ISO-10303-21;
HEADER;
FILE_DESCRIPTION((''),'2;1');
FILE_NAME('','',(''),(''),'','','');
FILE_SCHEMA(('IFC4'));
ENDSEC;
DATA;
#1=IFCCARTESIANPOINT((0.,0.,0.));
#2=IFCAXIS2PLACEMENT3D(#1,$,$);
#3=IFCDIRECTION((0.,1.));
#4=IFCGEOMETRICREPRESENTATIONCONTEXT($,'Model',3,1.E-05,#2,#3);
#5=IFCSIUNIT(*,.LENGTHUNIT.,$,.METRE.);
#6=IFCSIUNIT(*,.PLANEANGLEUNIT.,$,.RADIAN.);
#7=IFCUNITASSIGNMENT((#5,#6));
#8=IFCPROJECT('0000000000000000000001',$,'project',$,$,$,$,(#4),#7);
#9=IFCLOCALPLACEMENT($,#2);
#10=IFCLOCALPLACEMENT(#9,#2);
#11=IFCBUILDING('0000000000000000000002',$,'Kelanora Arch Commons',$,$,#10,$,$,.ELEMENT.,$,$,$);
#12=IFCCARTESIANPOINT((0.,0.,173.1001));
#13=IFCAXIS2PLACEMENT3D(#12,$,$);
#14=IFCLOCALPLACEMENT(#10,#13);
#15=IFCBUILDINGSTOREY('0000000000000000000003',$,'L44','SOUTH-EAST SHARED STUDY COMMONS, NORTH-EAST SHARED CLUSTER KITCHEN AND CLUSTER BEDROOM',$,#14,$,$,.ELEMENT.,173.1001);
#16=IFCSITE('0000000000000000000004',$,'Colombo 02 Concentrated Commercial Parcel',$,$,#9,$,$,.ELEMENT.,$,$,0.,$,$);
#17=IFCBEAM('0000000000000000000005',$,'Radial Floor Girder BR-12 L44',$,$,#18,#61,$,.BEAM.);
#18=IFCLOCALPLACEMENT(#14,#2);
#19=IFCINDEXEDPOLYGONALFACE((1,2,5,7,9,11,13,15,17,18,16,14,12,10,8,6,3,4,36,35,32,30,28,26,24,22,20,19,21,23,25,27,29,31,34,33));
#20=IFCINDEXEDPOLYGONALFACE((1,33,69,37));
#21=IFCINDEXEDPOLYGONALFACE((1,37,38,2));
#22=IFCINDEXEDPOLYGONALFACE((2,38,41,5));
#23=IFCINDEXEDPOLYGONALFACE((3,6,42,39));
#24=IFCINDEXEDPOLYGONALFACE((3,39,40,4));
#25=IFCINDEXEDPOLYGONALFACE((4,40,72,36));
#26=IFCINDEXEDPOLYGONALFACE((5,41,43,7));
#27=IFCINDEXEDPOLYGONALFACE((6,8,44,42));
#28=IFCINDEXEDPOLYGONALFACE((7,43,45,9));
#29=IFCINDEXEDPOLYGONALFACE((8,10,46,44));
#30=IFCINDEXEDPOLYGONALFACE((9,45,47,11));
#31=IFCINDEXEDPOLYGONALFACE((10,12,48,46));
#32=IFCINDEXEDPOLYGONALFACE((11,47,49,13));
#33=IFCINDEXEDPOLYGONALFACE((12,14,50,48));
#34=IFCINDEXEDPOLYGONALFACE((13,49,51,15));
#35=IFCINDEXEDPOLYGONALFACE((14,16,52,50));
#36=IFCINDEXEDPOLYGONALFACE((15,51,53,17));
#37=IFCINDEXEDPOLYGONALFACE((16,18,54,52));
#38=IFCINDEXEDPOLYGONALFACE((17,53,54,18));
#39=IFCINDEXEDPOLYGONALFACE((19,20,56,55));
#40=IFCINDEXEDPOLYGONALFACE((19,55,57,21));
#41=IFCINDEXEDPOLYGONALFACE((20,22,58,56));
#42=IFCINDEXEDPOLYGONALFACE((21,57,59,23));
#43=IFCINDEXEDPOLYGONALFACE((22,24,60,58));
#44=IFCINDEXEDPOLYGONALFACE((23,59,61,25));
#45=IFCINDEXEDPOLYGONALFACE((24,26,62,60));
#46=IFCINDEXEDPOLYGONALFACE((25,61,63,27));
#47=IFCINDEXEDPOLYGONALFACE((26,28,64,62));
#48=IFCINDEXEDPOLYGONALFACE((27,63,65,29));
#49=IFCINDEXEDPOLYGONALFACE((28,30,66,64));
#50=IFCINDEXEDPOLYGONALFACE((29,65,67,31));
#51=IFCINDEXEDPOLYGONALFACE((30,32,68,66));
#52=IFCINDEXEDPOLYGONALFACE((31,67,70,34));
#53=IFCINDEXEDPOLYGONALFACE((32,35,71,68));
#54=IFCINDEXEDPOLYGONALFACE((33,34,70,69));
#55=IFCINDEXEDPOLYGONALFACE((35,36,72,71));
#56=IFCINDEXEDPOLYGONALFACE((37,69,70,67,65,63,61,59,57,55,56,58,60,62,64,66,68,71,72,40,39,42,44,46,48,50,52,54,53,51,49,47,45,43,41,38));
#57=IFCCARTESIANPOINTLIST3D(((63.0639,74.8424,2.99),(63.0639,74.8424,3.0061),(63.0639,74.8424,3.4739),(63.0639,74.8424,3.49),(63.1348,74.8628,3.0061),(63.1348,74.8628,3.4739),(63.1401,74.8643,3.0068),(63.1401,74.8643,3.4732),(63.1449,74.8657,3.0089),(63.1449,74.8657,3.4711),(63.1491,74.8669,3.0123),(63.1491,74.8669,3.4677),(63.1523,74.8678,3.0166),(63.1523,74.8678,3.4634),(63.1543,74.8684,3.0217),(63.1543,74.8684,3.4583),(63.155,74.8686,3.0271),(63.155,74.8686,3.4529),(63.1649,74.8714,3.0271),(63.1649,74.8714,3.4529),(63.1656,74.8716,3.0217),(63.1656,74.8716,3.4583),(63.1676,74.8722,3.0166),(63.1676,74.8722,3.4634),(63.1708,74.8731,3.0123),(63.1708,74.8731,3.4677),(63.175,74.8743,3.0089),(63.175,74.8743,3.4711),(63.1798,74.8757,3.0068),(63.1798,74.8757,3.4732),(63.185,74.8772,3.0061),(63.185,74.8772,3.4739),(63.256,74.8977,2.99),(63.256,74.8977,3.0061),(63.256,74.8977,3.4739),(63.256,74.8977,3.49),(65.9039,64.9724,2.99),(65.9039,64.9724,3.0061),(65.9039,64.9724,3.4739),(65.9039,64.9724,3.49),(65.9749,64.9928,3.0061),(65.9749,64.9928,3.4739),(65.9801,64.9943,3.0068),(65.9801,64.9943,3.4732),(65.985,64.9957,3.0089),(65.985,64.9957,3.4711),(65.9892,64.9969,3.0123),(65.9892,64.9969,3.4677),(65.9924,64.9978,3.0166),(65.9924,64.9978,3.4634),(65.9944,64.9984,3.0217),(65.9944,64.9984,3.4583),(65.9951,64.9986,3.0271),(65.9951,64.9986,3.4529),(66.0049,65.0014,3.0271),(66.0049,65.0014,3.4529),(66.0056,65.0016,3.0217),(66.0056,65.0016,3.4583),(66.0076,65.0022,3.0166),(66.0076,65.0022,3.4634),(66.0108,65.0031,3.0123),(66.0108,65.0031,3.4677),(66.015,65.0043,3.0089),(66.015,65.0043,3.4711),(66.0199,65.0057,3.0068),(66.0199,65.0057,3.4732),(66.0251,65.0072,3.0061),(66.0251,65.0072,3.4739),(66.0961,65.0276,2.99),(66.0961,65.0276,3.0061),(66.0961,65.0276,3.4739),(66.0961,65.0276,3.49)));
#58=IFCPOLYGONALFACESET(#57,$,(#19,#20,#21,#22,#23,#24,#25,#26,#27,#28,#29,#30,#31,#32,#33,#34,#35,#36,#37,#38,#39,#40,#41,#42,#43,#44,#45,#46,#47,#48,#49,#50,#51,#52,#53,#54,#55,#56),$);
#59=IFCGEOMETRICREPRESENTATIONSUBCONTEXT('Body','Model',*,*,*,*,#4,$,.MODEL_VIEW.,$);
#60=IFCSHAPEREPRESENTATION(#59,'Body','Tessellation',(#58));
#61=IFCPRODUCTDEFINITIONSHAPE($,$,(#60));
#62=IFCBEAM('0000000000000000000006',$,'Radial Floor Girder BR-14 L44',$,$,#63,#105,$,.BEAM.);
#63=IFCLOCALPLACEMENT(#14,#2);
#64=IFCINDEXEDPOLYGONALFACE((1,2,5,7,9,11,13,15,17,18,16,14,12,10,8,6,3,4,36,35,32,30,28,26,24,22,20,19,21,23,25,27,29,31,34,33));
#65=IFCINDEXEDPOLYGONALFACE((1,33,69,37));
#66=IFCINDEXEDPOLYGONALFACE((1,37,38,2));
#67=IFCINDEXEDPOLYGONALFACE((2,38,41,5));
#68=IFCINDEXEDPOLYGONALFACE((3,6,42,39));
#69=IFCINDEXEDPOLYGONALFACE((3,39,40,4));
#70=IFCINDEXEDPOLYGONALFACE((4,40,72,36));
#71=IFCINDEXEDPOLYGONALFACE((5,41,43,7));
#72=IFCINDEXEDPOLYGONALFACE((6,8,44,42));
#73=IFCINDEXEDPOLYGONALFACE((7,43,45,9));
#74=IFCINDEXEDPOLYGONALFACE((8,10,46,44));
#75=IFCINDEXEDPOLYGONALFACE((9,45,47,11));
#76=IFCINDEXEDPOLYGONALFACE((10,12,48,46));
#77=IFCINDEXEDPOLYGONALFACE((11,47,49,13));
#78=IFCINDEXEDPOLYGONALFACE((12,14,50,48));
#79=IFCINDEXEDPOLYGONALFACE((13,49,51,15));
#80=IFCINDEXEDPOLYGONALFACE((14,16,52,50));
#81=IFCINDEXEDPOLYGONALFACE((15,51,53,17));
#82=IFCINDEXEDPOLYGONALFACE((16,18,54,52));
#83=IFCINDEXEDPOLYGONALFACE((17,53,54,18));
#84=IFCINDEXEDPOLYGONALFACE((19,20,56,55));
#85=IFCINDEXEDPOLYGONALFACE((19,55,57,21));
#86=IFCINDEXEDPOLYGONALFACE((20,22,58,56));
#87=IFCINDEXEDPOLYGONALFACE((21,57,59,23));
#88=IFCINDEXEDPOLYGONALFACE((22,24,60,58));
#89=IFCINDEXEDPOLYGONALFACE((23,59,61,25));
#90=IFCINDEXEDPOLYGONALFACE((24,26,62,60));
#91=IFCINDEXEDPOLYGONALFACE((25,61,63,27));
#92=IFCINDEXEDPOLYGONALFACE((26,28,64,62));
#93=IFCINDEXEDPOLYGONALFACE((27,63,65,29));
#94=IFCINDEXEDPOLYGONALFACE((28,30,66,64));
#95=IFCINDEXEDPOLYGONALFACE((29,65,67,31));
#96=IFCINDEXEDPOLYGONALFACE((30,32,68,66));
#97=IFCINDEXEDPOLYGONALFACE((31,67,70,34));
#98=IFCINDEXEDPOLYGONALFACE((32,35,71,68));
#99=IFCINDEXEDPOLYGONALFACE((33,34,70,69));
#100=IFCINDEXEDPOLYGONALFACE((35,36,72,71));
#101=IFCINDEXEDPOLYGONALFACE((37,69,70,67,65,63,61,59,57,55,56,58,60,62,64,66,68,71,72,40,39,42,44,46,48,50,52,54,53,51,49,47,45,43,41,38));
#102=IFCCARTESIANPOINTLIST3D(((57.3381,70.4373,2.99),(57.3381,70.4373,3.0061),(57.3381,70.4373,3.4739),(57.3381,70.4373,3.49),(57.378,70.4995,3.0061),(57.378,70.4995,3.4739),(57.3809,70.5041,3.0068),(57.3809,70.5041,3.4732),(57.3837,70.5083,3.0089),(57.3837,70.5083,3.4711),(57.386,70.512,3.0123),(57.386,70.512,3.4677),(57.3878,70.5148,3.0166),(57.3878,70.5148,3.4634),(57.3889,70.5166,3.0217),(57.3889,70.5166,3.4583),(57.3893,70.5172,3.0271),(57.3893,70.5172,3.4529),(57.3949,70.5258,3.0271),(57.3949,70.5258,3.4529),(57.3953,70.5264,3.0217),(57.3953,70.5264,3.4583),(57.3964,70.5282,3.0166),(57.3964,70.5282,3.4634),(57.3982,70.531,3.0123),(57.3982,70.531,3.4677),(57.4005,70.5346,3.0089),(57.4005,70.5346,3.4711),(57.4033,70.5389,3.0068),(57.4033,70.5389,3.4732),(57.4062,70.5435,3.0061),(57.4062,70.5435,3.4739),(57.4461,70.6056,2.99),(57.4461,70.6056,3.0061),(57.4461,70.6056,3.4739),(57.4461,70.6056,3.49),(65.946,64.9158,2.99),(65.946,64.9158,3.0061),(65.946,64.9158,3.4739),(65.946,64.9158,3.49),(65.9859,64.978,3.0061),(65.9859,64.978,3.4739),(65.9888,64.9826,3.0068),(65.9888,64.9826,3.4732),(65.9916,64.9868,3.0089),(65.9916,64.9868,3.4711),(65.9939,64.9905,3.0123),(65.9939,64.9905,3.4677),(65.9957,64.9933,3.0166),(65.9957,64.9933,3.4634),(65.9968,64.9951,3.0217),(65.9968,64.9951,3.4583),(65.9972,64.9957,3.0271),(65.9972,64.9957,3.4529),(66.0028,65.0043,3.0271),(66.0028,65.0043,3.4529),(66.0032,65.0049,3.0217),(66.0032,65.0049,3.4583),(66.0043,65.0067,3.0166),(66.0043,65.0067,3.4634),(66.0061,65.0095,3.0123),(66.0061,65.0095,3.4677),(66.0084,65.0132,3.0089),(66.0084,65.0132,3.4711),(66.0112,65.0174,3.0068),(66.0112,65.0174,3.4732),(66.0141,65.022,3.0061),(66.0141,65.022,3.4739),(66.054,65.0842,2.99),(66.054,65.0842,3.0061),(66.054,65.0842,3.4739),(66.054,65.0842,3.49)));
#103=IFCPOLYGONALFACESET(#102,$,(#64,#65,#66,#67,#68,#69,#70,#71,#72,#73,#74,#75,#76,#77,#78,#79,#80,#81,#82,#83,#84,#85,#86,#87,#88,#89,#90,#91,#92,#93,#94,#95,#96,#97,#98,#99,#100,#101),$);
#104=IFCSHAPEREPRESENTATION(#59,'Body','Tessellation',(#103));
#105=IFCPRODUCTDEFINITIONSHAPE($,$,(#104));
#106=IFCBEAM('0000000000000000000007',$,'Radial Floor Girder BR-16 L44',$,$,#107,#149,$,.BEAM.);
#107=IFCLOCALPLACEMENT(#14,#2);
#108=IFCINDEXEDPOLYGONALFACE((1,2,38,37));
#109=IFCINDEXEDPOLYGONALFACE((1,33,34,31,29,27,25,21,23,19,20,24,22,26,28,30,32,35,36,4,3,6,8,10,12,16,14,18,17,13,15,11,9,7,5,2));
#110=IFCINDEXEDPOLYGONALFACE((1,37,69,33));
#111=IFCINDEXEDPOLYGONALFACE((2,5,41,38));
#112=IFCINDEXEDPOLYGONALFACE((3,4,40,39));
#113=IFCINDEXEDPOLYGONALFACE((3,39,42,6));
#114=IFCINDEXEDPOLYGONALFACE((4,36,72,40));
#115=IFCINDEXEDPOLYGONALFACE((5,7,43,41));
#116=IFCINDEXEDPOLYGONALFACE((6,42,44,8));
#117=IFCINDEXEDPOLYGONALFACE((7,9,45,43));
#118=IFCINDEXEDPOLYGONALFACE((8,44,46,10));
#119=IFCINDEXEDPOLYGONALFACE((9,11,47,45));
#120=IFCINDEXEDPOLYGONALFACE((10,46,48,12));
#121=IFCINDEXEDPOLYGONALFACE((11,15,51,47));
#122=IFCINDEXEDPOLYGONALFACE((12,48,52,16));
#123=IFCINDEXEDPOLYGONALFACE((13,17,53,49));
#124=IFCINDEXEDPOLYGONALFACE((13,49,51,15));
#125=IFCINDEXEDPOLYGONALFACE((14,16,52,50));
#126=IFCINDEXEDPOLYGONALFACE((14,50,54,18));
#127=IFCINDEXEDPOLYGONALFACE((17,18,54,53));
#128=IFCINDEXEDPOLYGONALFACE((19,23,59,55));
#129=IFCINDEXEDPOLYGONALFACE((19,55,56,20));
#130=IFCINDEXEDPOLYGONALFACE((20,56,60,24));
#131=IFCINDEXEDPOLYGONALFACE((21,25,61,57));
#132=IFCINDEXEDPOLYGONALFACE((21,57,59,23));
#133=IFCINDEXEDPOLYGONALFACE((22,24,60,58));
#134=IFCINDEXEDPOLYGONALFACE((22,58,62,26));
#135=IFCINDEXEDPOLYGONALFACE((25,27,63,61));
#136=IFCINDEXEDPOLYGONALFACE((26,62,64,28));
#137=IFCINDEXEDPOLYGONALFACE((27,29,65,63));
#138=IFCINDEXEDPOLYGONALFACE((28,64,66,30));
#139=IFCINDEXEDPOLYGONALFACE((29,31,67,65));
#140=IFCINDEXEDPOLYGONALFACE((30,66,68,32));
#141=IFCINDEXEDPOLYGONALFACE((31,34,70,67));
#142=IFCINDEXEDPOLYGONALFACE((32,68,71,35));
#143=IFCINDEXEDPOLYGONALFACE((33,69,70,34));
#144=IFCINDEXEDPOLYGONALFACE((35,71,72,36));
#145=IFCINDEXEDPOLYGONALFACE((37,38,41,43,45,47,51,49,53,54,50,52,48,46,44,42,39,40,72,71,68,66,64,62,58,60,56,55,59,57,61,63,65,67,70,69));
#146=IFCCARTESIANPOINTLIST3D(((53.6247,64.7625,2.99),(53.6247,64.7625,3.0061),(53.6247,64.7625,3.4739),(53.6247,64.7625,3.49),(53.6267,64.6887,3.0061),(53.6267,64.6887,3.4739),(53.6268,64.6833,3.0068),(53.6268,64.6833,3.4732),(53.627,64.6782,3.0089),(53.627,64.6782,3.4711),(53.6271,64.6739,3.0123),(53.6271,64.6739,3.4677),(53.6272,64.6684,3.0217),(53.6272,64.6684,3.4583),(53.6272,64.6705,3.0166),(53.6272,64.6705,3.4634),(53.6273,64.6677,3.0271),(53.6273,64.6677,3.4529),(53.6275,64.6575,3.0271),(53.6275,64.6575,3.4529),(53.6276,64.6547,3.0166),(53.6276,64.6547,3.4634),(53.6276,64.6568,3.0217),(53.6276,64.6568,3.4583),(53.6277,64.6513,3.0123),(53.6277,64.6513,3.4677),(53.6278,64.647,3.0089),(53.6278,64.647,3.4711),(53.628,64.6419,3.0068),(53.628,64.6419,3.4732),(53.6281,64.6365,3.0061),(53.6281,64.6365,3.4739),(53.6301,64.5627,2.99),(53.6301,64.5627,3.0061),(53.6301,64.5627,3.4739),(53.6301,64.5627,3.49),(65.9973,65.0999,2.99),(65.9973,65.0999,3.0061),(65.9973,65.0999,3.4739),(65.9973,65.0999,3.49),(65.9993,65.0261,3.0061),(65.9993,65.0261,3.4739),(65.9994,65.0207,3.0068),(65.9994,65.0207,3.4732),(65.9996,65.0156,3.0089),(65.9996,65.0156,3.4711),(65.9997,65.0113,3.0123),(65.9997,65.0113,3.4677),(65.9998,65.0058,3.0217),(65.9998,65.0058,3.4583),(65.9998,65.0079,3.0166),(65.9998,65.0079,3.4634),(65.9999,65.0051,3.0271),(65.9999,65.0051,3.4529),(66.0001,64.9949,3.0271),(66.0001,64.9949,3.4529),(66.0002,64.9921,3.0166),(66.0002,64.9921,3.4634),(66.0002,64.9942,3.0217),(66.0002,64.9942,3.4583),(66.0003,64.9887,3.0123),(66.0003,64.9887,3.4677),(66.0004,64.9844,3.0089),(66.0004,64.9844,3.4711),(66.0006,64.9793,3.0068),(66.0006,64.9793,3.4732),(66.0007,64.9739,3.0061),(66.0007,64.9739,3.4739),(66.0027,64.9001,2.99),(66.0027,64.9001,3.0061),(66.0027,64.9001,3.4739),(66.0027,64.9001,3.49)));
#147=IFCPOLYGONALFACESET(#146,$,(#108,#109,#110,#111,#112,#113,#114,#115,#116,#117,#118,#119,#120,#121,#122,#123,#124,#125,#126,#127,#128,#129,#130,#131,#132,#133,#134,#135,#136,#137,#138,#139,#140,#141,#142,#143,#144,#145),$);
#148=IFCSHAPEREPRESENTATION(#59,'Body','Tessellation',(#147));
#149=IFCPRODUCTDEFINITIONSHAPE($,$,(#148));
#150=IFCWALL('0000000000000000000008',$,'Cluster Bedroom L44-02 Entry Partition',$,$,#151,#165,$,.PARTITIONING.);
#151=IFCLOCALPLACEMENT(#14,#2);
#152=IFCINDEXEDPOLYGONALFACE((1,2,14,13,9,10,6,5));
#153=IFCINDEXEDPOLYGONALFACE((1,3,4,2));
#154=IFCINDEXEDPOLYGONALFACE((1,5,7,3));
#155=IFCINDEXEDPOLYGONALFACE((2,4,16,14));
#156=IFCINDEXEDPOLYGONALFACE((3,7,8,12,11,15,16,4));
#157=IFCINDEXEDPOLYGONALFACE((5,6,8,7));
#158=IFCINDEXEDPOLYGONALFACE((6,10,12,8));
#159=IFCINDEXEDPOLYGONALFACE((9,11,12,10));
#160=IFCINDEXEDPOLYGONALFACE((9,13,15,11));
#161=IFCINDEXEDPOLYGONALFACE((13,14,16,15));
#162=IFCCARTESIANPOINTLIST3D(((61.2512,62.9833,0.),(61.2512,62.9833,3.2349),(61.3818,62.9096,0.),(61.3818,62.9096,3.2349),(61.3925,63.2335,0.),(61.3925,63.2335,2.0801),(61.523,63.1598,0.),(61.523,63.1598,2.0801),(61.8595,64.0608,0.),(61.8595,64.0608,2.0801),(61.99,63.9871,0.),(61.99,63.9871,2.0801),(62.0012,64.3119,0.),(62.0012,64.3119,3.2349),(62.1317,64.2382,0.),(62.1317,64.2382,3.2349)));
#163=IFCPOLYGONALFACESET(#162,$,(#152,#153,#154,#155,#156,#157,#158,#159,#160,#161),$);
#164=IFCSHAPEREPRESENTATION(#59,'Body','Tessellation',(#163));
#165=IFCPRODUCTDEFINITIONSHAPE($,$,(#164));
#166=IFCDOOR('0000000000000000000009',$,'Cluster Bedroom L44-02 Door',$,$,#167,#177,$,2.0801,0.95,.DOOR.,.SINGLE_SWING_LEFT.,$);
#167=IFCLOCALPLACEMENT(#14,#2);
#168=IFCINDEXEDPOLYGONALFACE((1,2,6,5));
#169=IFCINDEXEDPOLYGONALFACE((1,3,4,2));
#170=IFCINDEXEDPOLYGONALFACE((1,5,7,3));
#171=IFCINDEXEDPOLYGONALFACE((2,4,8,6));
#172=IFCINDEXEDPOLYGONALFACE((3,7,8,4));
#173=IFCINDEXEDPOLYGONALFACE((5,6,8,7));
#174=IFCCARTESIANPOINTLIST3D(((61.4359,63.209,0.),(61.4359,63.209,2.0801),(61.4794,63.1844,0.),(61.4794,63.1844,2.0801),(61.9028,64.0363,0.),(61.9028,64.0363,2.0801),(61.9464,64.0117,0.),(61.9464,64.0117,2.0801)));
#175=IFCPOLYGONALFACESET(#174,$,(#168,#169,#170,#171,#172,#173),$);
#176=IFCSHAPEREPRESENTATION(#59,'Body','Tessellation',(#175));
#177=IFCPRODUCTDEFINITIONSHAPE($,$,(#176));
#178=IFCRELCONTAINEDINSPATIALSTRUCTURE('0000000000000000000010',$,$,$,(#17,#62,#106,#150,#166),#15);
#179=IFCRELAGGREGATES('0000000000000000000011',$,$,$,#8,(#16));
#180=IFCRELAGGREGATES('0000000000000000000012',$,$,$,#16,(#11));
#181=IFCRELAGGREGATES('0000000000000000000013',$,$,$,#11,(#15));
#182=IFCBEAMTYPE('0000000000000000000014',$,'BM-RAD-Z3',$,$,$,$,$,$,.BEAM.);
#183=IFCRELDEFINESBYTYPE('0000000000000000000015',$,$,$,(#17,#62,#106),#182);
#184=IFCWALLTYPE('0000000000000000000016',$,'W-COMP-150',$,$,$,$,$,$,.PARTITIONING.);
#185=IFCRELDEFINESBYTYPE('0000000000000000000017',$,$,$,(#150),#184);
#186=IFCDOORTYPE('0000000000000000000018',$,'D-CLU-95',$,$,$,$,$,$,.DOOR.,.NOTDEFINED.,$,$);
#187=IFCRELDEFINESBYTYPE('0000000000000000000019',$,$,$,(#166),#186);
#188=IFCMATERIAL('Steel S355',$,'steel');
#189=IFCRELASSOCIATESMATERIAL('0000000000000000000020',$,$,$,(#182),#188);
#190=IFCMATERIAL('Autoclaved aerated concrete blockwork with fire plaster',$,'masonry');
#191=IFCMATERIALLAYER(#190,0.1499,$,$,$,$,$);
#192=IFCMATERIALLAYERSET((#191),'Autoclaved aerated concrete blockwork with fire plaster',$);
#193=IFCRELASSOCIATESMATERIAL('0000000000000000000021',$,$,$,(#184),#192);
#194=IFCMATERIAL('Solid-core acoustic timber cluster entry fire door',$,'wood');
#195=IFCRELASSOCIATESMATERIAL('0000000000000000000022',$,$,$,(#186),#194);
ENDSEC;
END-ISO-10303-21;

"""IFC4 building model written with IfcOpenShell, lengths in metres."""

from ifc_helpers import new_model, si_unit, direction, frame, frame_2d, origin, origin_2d, place, context, subcontext, project, spatial, rectangle, i_section, extrude, material, layer, layer_set, material_profile, profile_set, type_object, element, fill, save


model = new_model("IFC4")

# Units and contexts
model_context = context("Model", 3, precision=1e-05, world=origin(), true_north=direction((0.0, 1.0)))
body_context = subcontext(model_context, "Body", "Model", "MODEL_VIEW")
ifc_project = project(units=[si_unit("LENGTHUNIT", "METRE"), si_unit("PLANEANGLEUNIT", "RADIAN")], contexts=[model_context])

# Site, building, storey
site_placement = place(None, origin())
site = spatial("IfcSite", under=ifc_project, at=site_placement, Name="Colombo 02 Concentrated Commercial Parcel", CompositionType="ELEMENT", RefElevation=0.0)
building_placement = place(site_placement, origin())
building = spatial("IfcBuilding", under=site, at=building_placement, Name="Kelanora Arch Commons", CompositionType="ELEMENT")
storey_placement = place(building_placement, frame((0.0, 0.0, 173.1001)))
storey = spatial("IfcBuildingStorey", under=building, at=storey_placement, Name="L44", Description="SOUTH-EAST SHARED STUDY COMMONS, NORTH-EAST SHARED CLUSTER KITCHEN AND CLUSTER BEDROOM", CompositionType="ELEMENT", Elevation=173.1001)

# Beams
ifc_material_1 = material(Name="Steel S355", Category="steel")
ifc_material_profile_1 = material_profile(ifc_material_1, i_section(OverallWidth=0.2, OverallDepth=0.5, WebThickness=0.0103, FlangeThickness=0.0161, FilletRadius=0.021, at=origin_2d()), Name="IPE500")
ifc_profile_set_1 = profile_set([ifc_material_profile_1], Name="Steel S355")
beam_type_1 = type_object("IfcBeamType", Name="BM-RAD-Z3", PredefinedType="BEAM", material=ifc_profile_set_1)
beam_1_placement = place(storey_placement, frame((66.0, 65.0, 3.24), z_axis=(-0.276526, 0.961006, 0.0), x_axis=(-0.961006, -0.276526, 0.0)))
element("IfcBeam", 1, at=beam_1_placement, inside=storey, type_object=beam_type_1, Name="Radial Floor Girder BR-12 L44", PredefinedType="BEAM", context=body_context, shape_type="SweptSolid", body=[
    extrude(i_section(OverallWidth=0.2, OverallDepth=0.5, WebThickness=0.0103, FlangeThickness=0.0161, FilletRadius=0.021, at=origin_2d()), origin(), (0.0, 0.0, 1.0), 10.2705),
])
beam_2_placement = place(storey_placement, frame((66.0, 65.0, 3.24), z_axis=(-0.841719, 0.539915, 0.0), x_axis=(-0.539915, -0.841719, 0.0)))
element("IfcBeam", 2, at=beam_2_placement, inside=storey, type_object=beam_type_1, Name="Radial Floor Girder BR-14 L44", PredefinedType="BEAM", context=body_context, shape_type="SweptSolid", body=[
    extrude(i_section(OverallWidth=0.2, OverallDepth=0.5, WebThickness=0.0103, FlangeThickness=0.0161, FilletRadius=0.021, at=origin_2d()), origin(), (0.0, 0.0, 1.0), 10.2266),
])
beam_3_placement = place(storey_placement, frame((66.0, 65.0, 3.24), z_axis=(-0.999628, -0.02726, 0.0), x_axis=(0.02726, -0.999628, 0.0)))
element("IfcBeam", 3, at=beam_3_placement, inside=storey, type_object=beam_type_1, Name="Radial Floor Girder BR-16 L44", PredefinedType="BEAM", context=body_context, shape_type="SweptSolid", body=[
    extrude(i_section(OverallWidth=0.2, OverallDepth=0.5, WebThickness=0.0103, FlangeThickness=0.0161, FilletRadius=0.021, at=origin_2d()), origin(), (0.0, 0.0, 1.0), 12.3772),
])

# Wall, opening, door
ifc_material_2 = material(Name="Autoclaved aerated concrete blockwork with fire plaster", Category="masonry")
ifc_layer_1 = layer(ifc_material_2, 0.1499)
ifc_layer_set_1 = layer_set([ifc_layer_1], Name="Autoclaved aerated concrete blockwork with fire plaster")
wall_type_1 = type_object("IfcWallType", Name="W-COMP-150", PredefinedType="PARTITIONING", material=ifc_layer_set_1)
wall_1_placement = place(storey_placement, frame((62.0664, 64.2749, 0.0), z_axis=(0.0, 0.0, 1.0), x_axis=(-0.491583, -0.870831, 0.0)))
wall_1 = element("IfcWall", 4, at=wall_1_placement, inside=storey, type_object=wall_type_1, Name="Cluster Bedroom L44-02 Entry Partition", PredefinedType="PARTITIONING", context=body_context, shape_type="SweptSolid", body=[
    extrude(rectangle(XDim=1.5256, YDim=0.1499, at=frame_2d((0.7627, 0.0))), origin(), (0.0, 0.0, 1.0), 3.2349),
])
opening_1_placement = place(wall_1_placement, frame((0.2881, 0.0, 0.0)))
opening_1 = element("IfcOpeningElement", 5, at=opening_1_placement, cuts=wall_1, PredefinedType="OPENING", context=body_context, shape_type="SweptSolid", body=[
    extrude(rectangle(XDim=0.95, YDim=2.0801, at=frame_2d((0.4751, 1.04))), frame((0.0, 0.085, 0.0), z_axis=(0.0, -1.0, 0.0), x_axis=(1.0, 0.0, 0.0)), (0.0, 0.0, 1.0), 0.1699),
])
ifc_material_3 = material(Name="Solid-core acoustic timber cluster entry fire door", Category="wood")
door_type_1 = type_object("IfcDoorType", Name="D-CLU-95", OperationType="NOTDEFINED", PredefinedType="DOOR", material=ifc_material_3)
door_1_placement = place(opening_1_placement, origin())
door_1 = element("IfcDoor", 6, at=door_1_placement, inside=storey, type_object=door_type_1, Name="Cluster Bedroom L44-02 Door", OperationType="SINGLE_SWING_LEFT", OverallHeight=2.0801, OverallWidth=0.95, PredefinedType="DOOR", context=body_context, shape_type="SweptSolid", body=[
    extrude(rectangle(XDim=0.95, YDim=2.0801, at=frame_2d((0.4751, 1.04))), frame((0.0, 0.0249, 0.0), z_axis=(0.0, -1.0, 0.0), x_axis=(1.0, 0.0, 0.0)), (0.0, 0.0, 1.0), 0.05),
])
fill(opening_1, door_1)

save(model, "model.ifc")
